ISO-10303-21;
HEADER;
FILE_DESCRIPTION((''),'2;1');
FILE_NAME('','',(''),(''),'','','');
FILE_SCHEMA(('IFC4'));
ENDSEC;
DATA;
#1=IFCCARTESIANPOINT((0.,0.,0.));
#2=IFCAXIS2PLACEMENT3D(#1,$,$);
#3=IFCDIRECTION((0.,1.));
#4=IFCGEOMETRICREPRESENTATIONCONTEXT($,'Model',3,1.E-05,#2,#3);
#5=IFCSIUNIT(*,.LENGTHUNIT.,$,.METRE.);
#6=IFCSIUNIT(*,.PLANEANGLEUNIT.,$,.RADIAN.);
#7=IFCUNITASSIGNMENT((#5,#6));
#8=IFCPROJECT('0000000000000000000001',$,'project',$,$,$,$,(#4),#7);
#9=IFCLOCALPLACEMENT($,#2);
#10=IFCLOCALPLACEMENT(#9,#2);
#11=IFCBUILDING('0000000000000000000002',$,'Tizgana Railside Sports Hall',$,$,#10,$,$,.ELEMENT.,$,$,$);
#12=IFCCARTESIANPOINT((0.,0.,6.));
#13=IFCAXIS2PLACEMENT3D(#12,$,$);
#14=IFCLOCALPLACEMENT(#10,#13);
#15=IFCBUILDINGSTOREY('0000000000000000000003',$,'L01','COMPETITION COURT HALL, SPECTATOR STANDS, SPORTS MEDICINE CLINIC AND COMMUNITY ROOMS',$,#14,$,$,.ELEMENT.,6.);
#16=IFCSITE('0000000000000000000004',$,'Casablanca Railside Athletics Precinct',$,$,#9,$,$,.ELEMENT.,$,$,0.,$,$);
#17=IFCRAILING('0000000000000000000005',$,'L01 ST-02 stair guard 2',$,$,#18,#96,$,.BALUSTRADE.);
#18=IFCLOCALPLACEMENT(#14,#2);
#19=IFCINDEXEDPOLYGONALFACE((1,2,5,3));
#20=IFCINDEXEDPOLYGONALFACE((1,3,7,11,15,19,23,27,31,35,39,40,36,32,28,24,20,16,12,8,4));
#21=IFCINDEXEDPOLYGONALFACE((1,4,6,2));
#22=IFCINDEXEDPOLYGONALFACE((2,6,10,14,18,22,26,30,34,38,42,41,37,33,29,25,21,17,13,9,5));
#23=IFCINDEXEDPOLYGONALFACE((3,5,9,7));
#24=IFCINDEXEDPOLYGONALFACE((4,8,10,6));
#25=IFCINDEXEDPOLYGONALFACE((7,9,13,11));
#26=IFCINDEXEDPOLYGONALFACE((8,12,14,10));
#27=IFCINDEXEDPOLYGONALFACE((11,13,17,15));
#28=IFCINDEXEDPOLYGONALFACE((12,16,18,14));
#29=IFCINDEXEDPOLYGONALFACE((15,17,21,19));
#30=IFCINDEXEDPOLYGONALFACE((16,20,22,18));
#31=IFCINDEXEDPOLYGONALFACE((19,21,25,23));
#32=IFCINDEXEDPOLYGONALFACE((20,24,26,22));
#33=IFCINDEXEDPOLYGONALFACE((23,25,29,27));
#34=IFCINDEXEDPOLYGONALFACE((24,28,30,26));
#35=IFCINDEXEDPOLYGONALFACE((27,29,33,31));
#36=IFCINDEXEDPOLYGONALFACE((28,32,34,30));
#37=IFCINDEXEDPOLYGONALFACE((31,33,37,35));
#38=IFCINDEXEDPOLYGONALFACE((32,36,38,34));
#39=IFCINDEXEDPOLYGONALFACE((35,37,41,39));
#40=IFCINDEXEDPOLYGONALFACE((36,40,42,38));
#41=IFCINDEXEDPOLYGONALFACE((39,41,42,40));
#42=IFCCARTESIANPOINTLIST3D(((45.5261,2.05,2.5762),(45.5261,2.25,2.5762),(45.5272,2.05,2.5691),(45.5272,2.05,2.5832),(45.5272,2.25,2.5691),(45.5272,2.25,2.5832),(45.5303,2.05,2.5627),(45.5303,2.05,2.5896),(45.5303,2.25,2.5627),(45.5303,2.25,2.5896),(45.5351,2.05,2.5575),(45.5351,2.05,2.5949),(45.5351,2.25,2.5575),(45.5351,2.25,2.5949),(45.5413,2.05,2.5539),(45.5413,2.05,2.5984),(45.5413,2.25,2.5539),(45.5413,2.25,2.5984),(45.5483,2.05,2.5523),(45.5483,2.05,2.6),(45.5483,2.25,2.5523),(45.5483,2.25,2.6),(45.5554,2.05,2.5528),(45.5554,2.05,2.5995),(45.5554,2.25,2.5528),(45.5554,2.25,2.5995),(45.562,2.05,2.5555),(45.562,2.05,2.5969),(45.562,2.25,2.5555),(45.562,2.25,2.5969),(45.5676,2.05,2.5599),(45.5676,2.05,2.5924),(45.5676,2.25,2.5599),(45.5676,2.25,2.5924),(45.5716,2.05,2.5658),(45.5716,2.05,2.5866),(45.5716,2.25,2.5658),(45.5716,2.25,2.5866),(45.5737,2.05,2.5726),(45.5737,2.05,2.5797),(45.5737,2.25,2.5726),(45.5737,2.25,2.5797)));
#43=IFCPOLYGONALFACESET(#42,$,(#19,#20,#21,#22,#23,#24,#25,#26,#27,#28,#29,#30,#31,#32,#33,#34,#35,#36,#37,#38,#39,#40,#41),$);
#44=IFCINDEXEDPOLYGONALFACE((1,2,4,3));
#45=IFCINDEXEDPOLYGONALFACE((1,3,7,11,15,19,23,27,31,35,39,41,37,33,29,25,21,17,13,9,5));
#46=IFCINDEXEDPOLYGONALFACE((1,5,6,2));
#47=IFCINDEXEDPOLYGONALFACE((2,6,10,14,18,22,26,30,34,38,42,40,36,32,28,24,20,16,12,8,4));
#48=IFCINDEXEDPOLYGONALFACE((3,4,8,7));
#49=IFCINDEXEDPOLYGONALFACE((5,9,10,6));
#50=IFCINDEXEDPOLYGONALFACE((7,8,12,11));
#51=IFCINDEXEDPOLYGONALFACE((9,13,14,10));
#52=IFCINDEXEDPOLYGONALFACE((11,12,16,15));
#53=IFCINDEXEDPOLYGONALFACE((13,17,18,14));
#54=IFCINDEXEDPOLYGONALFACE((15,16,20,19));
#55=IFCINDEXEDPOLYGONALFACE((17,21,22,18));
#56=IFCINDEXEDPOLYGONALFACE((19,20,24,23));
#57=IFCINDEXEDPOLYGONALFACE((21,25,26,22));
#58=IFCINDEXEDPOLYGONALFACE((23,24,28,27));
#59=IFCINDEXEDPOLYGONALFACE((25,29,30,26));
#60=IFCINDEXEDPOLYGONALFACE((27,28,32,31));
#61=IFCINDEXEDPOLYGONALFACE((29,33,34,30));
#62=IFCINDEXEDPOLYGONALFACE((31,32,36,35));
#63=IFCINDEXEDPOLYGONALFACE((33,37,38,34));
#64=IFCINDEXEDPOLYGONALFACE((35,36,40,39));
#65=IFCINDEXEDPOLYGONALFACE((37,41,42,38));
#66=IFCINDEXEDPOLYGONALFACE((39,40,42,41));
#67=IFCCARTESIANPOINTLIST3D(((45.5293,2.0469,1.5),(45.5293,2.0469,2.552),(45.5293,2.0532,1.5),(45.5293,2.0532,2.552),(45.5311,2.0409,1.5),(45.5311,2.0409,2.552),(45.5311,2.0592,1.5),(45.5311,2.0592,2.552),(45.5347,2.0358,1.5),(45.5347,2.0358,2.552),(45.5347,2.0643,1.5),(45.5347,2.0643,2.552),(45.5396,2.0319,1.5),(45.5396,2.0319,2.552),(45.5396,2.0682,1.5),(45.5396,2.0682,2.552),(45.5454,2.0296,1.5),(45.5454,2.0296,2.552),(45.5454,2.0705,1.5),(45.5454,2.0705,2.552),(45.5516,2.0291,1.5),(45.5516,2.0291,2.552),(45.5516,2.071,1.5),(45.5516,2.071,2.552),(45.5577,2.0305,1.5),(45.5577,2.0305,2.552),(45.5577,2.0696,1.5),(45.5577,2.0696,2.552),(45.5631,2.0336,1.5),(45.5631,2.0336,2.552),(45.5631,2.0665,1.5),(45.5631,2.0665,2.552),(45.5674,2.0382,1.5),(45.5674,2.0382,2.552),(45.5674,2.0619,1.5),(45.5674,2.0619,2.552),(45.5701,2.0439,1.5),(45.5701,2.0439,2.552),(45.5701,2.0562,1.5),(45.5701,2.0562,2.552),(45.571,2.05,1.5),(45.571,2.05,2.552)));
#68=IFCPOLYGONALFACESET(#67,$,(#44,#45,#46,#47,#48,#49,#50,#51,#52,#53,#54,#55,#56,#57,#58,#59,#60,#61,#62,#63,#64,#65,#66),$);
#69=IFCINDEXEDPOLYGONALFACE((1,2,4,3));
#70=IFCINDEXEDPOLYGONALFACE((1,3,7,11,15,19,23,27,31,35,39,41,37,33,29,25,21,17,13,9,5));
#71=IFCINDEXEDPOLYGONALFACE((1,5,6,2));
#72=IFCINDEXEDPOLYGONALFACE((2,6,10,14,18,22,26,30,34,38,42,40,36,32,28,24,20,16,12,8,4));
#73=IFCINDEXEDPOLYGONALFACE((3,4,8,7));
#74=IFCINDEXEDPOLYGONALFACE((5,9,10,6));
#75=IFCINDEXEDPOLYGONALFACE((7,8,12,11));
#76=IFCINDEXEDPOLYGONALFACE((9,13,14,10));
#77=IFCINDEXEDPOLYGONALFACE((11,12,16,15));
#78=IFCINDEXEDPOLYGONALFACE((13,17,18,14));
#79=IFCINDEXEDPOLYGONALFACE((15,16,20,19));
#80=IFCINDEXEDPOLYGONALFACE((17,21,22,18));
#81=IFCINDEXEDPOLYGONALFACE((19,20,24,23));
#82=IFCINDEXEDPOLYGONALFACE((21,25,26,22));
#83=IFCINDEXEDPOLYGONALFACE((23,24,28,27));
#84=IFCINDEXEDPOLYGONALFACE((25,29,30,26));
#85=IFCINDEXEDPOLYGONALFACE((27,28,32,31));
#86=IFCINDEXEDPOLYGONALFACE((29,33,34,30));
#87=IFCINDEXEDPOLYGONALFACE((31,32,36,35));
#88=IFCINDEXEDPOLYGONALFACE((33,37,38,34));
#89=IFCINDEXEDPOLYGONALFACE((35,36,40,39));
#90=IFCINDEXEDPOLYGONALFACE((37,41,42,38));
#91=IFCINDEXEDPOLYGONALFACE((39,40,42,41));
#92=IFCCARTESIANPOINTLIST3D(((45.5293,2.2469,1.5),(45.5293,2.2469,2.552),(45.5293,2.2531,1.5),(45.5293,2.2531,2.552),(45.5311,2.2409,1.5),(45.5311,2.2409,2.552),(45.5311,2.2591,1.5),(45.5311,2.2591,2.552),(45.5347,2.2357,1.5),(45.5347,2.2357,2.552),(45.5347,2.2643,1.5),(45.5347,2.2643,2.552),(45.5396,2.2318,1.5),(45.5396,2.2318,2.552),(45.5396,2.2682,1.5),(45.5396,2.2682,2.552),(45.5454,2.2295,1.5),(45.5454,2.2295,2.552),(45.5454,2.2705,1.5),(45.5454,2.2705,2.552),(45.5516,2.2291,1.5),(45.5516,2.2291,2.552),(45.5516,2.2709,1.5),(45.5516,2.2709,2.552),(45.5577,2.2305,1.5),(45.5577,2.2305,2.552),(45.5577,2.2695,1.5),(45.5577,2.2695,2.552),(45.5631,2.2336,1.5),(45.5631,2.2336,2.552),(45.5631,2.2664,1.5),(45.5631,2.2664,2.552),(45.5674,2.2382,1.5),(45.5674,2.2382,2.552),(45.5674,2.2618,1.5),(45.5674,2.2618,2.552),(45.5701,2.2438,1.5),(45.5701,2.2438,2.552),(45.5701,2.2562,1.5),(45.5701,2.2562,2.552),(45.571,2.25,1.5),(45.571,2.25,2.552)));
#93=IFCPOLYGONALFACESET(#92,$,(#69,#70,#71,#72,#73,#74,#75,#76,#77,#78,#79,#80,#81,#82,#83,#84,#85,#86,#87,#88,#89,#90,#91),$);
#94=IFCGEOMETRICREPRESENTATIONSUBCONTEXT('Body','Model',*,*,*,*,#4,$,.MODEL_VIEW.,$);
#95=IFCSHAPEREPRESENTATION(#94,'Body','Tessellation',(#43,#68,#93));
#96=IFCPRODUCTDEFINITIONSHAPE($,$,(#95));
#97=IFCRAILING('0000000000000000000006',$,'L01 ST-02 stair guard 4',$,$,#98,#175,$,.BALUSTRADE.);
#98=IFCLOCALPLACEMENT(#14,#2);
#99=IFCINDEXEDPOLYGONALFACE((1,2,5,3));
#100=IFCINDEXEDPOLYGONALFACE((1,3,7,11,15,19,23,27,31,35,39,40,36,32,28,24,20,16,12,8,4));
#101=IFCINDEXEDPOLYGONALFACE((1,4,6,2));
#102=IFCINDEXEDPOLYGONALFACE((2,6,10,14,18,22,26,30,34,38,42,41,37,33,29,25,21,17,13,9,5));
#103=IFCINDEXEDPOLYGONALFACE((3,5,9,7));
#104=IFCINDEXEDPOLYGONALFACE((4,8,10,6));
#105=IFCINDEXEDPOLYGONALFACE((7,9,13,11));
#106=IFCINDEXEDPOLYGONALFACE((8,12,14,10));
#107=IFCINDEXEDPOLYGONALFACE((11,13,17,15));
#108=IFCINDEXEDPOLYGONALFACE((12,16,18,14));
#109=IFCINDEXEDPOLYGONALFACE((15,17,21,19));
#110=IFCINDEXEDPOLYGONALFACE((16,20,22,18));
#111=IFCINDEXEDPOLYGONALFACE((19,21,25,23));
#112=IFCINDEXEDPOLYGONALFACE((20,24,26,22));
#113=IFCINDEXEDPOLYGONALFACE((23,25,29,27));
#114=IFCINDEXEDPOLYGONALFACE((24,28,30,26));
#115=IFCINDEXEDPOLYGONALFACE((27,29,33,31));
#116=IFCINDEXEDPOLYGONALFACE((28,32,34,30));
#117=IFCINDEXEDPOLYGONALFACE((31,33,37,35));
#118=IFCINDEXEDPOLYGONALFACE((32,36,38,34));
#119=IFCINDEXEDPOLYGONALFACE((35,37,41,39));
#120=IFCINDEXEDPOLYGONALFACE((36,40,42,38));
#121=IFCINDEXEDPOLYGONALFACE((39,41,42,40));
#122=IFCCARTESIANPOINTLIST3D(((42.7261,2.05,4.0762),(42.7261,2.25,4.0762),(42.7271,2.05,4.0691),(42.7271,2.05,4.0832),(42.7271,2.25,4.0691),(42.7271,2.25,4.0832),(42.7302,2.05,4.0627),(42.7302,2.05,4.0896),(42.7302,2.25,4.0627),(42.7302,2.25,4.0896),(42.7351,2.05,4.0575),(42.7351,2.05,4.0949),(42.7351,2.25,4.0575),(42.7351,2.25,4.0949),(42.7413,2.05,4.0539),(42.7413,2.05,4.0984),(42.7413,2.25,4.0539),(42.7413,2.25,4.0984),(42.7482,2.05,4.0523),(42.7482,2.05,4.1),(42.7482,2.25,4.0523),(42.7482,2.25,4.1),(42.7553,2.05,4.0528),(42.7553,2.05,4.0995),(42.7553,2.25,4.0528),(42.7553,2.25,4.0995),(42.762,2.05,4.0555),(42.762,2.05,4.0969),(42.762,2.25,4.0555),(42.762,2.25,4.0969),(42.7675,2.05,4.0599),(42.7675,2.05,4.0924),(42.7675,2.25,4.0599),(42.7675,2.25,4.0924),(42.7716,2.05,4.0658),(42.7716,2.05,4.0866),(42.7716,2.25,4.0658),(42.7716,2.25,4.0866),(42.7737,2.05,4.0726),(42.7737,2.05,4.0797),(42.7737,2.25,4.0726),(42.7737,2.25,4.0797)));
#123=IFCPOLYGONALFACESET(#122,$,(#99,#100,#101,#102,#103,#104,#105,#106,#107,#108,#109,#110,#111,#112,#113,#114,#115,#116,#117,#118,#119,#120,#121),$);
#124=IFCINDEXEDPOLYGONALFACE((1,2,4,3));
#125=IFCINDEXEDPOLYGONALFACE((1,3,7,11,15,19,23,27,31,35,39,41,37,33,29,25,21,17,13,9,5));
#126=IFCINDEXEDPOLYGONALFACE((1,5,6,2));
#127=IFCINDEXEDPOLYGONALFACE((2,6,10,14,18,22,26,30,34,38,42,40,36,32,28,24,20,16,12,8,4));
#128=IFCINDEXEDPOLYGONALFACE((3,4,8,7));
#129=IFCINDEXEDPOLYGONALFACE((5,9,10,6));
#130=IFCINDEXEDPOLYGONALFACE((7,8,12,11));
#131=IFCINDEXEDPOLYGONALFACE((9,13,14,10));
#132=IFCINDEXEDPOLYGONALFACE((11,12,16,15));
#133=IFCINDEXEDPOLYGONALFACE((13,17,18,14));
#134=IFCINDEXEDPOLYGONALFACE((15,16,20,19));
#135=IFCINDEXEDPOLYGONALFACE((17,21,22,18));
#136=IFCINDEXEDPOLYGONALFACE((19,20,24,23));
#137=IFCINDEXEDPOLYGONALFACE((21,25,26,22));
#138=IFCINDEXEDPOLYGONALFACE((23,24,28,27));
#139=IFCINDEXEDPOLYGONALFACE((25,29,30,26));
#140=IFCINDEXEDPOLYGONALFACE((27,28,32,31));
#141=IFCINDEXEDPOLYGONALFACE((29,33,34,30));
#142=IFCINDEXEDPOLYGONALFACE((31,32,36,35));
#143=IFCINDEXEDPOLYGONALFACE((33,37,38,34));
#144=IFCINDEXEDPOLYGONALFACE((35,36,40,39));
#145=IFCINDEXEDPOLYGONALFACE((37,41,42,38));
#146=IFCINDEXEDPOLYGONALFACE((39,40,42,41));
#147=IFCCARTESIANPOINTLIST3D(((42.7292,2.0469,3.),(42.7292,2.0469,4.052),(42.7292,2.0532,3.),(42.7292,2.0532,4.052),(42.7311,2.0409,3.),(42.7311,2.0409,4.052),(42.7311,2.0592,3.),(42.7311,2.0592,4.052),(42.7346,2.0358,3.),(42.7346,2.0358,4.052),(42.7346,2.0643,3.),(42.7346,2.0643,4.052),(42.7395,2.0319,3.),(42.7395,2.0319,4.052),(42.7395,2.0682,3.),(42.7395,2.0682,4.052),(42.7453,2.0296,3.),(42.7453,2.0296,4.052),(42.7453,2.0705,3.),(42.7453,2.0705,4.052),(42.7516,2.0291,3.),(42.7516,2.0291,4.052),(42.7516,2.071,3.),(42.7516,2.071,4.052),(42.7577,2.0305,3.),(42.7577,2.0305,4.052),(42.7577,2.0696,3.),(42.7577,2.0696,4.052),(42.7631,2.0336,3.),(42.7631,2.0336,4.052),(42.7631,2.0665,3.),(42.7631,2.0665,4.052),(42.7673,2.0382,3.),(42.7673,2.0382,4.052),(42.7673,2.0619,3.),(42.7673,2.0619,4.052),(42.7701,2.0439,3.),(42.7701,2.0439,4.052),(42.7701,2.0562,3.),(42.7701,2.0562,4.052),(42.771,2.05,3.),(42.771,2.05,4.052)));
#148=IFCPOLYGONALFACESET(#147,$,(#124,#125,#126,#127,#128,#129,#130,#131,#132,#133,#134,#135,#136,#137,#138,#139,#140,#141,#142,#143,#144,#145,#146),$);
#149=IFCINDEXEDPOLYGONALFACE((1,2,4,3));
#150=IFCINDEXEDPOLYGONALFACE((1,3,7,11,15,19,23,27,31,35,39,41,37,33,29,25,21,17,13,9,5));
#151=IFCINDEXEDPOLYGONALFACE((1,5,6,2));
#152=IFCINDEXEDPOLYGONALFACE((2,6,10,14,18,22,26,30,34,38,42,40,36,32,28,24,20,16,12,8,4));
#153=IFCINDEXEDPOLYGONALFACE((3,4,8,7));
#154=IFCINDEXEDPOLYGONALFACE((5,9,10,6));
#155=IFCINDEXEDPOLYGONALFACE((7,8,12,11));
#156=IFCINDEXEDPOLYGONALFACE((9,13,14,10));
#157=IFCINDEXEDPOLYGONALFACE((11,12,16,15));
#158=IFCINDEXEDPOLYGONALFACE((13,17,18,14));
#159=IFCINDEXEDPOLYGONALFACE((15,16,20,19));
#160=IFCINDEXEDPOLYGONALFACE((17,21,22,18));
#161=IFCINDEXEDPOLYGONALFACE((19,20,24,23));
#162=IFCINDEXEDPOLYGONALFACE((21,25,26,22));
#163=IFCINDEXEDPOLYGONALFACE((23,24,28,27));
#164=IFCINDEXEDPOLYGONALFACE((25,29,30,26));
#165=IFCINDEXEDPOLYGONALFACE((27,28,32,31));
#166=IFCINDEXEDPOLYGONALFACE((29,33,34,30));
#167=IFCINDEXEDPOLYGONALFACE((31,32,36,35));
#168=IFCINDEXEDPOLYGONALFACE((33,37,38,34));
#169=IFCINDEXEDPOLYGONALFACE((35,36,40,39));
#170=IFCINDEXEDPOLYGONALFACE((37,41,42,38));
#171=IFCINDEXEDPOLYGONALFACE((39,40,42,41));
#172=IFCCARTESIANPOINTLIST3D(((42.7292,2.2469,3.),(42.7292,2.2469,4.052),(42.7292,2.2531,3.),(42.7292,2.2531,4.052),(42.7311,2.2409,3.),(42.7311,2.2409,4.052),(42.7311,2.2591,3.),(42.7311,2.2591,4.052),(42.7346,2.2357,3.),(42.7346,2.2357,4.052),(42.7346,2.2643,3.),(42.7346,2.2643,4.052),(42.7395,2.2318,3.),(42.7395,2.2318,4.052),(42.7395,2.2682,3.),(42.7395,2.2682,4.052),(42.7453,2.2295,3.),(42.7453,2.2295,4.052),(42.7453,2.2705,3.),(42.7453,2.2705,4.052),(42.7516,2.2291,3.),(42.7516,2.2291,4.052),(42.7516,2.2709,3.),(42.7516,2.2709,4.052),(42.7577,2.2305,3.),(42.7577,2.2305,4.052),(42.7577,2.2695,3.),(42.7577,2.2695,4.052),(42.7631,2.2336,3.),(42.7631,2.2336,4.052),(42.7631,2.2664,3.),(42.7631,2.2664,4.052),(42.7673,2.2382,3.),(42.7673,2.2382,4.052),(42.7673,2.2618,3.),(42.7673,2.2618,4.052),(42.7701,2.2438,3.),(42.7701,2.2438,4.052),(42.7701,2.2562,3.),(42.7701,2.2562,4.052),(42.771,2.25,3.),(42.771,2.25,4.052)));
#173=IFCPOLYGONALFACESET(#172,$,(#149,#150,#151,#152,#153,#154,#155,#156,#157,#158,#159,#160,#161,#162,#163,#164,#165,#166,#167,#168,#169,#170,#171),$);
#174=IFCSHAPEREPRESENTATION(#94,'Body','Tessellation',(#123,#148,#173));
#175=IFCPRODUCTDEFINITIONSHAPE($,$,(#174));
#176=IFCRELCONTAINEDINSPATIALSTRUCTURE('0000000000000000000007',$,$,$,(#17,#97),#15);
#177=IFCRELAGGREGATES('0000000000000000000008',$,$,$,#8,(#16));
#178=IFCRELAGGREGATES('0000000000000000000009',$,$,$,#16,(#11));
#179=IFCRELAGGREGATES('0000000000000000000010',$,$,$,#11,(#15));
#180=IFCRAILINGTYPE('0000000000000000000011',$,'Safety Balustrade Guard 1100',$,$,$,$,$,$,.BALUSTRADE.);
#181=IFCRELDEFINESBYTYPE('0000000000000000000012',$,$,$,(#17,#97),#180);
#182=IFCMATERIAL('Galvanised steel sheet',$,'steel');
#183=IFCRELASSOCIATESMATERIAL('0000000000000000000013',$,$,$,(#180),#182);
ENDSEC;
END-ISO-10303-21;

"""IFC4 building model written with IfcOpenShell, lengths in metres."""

from ifc_helpers import new_model, si_unit, direction, frame, origin, origin_2d, place, context, subcontext, project, spatial, circle, extrude, material, type_object, element, save


model = new_model("IFC4")

# Units and contexts
model_context = context("Model", 3, precision=1e-05, world=origin(), true_north=direction((0.0, 1.0)))
body_context = subcontext(model_context, "Body", "Model", "MODEL_VIEW")
ifc_project = project(units=[si_unit("LENGTHUNIT", "METRE"), si_unit("PLANEANGLEUNIT", "RADIAN")], contexts=[model_context])

# Site, building, storey
site_placement = place(None, origin())
site = spatial("IfcSite", under=ifc_project, at=site_placement, Name="Casablanca Railside Athletics Precinct", CompositionType="ELEMENT", RefElevation=0.0)
building_placement = place(site_placement, origin())
building = spatial("IfcBuilding", under=site, at=building_placement, Name="Tizgana Railside Sports Hall", CompositionType="ELEMENT")
storey_placement = place(building_placement, frame((0.0, 0.0, 6.0)))
storey = spatial("IfcBuildingStorey", under=building, at=storey_placement, Name="L01", Description="COMPETITION COURT HALL, SPECTATOR STANDS, SPORTS MEDICINE CLINIC AND COMMUNITY ROOMS", CompositionType="ELEMENT", Elevation=6.0)

# Railings
ifc_material_1 = material(Name="Galvanised steel sheet", Category="steel")
railing_type_1 = type_object("IfcRailingType", Name="Safety Balustrade Guard 1100", PredefinedType="BALUSTRADE", material=ifc_material_1)
for number, where, name in (
    (1, (45.55, 2.05, 1.5), "L01 ST-02 stair guard 2"),
    (2, (42.75, 2.05, 3.0), "L01 ST-02 stair guard 4"),
):
    element("IfcRailing", number, at=place(storey_placement, frame(where)), inside=storey, type_object=railing_type_1, Name=name, PredefinedType="BALUSTRADE", context=body_context, shape_type="SweptSolid", body=[
        extrude(circle(Radius=0.0239, at=origin_2d()), frame((0.0, 0.0, 1.0762), z_axis=(0.0, 1.0, 0.0), x_axis=(-1.0, 0.0, 0.0)), (0.0, 0.0, 1.0), 0.2),
        extrude(circle(Radius=0.021, at=origin_2d()), origin(), (0.0, 0.0, 1.0), 1.052),
        extrude(circle(Radius=0.021, at=origin_2d()), frame((0.0, 0.2, 0.0)), (0.0, 0.0, 1.0), 1.052),
    ])

save(model, "model.ifc")
